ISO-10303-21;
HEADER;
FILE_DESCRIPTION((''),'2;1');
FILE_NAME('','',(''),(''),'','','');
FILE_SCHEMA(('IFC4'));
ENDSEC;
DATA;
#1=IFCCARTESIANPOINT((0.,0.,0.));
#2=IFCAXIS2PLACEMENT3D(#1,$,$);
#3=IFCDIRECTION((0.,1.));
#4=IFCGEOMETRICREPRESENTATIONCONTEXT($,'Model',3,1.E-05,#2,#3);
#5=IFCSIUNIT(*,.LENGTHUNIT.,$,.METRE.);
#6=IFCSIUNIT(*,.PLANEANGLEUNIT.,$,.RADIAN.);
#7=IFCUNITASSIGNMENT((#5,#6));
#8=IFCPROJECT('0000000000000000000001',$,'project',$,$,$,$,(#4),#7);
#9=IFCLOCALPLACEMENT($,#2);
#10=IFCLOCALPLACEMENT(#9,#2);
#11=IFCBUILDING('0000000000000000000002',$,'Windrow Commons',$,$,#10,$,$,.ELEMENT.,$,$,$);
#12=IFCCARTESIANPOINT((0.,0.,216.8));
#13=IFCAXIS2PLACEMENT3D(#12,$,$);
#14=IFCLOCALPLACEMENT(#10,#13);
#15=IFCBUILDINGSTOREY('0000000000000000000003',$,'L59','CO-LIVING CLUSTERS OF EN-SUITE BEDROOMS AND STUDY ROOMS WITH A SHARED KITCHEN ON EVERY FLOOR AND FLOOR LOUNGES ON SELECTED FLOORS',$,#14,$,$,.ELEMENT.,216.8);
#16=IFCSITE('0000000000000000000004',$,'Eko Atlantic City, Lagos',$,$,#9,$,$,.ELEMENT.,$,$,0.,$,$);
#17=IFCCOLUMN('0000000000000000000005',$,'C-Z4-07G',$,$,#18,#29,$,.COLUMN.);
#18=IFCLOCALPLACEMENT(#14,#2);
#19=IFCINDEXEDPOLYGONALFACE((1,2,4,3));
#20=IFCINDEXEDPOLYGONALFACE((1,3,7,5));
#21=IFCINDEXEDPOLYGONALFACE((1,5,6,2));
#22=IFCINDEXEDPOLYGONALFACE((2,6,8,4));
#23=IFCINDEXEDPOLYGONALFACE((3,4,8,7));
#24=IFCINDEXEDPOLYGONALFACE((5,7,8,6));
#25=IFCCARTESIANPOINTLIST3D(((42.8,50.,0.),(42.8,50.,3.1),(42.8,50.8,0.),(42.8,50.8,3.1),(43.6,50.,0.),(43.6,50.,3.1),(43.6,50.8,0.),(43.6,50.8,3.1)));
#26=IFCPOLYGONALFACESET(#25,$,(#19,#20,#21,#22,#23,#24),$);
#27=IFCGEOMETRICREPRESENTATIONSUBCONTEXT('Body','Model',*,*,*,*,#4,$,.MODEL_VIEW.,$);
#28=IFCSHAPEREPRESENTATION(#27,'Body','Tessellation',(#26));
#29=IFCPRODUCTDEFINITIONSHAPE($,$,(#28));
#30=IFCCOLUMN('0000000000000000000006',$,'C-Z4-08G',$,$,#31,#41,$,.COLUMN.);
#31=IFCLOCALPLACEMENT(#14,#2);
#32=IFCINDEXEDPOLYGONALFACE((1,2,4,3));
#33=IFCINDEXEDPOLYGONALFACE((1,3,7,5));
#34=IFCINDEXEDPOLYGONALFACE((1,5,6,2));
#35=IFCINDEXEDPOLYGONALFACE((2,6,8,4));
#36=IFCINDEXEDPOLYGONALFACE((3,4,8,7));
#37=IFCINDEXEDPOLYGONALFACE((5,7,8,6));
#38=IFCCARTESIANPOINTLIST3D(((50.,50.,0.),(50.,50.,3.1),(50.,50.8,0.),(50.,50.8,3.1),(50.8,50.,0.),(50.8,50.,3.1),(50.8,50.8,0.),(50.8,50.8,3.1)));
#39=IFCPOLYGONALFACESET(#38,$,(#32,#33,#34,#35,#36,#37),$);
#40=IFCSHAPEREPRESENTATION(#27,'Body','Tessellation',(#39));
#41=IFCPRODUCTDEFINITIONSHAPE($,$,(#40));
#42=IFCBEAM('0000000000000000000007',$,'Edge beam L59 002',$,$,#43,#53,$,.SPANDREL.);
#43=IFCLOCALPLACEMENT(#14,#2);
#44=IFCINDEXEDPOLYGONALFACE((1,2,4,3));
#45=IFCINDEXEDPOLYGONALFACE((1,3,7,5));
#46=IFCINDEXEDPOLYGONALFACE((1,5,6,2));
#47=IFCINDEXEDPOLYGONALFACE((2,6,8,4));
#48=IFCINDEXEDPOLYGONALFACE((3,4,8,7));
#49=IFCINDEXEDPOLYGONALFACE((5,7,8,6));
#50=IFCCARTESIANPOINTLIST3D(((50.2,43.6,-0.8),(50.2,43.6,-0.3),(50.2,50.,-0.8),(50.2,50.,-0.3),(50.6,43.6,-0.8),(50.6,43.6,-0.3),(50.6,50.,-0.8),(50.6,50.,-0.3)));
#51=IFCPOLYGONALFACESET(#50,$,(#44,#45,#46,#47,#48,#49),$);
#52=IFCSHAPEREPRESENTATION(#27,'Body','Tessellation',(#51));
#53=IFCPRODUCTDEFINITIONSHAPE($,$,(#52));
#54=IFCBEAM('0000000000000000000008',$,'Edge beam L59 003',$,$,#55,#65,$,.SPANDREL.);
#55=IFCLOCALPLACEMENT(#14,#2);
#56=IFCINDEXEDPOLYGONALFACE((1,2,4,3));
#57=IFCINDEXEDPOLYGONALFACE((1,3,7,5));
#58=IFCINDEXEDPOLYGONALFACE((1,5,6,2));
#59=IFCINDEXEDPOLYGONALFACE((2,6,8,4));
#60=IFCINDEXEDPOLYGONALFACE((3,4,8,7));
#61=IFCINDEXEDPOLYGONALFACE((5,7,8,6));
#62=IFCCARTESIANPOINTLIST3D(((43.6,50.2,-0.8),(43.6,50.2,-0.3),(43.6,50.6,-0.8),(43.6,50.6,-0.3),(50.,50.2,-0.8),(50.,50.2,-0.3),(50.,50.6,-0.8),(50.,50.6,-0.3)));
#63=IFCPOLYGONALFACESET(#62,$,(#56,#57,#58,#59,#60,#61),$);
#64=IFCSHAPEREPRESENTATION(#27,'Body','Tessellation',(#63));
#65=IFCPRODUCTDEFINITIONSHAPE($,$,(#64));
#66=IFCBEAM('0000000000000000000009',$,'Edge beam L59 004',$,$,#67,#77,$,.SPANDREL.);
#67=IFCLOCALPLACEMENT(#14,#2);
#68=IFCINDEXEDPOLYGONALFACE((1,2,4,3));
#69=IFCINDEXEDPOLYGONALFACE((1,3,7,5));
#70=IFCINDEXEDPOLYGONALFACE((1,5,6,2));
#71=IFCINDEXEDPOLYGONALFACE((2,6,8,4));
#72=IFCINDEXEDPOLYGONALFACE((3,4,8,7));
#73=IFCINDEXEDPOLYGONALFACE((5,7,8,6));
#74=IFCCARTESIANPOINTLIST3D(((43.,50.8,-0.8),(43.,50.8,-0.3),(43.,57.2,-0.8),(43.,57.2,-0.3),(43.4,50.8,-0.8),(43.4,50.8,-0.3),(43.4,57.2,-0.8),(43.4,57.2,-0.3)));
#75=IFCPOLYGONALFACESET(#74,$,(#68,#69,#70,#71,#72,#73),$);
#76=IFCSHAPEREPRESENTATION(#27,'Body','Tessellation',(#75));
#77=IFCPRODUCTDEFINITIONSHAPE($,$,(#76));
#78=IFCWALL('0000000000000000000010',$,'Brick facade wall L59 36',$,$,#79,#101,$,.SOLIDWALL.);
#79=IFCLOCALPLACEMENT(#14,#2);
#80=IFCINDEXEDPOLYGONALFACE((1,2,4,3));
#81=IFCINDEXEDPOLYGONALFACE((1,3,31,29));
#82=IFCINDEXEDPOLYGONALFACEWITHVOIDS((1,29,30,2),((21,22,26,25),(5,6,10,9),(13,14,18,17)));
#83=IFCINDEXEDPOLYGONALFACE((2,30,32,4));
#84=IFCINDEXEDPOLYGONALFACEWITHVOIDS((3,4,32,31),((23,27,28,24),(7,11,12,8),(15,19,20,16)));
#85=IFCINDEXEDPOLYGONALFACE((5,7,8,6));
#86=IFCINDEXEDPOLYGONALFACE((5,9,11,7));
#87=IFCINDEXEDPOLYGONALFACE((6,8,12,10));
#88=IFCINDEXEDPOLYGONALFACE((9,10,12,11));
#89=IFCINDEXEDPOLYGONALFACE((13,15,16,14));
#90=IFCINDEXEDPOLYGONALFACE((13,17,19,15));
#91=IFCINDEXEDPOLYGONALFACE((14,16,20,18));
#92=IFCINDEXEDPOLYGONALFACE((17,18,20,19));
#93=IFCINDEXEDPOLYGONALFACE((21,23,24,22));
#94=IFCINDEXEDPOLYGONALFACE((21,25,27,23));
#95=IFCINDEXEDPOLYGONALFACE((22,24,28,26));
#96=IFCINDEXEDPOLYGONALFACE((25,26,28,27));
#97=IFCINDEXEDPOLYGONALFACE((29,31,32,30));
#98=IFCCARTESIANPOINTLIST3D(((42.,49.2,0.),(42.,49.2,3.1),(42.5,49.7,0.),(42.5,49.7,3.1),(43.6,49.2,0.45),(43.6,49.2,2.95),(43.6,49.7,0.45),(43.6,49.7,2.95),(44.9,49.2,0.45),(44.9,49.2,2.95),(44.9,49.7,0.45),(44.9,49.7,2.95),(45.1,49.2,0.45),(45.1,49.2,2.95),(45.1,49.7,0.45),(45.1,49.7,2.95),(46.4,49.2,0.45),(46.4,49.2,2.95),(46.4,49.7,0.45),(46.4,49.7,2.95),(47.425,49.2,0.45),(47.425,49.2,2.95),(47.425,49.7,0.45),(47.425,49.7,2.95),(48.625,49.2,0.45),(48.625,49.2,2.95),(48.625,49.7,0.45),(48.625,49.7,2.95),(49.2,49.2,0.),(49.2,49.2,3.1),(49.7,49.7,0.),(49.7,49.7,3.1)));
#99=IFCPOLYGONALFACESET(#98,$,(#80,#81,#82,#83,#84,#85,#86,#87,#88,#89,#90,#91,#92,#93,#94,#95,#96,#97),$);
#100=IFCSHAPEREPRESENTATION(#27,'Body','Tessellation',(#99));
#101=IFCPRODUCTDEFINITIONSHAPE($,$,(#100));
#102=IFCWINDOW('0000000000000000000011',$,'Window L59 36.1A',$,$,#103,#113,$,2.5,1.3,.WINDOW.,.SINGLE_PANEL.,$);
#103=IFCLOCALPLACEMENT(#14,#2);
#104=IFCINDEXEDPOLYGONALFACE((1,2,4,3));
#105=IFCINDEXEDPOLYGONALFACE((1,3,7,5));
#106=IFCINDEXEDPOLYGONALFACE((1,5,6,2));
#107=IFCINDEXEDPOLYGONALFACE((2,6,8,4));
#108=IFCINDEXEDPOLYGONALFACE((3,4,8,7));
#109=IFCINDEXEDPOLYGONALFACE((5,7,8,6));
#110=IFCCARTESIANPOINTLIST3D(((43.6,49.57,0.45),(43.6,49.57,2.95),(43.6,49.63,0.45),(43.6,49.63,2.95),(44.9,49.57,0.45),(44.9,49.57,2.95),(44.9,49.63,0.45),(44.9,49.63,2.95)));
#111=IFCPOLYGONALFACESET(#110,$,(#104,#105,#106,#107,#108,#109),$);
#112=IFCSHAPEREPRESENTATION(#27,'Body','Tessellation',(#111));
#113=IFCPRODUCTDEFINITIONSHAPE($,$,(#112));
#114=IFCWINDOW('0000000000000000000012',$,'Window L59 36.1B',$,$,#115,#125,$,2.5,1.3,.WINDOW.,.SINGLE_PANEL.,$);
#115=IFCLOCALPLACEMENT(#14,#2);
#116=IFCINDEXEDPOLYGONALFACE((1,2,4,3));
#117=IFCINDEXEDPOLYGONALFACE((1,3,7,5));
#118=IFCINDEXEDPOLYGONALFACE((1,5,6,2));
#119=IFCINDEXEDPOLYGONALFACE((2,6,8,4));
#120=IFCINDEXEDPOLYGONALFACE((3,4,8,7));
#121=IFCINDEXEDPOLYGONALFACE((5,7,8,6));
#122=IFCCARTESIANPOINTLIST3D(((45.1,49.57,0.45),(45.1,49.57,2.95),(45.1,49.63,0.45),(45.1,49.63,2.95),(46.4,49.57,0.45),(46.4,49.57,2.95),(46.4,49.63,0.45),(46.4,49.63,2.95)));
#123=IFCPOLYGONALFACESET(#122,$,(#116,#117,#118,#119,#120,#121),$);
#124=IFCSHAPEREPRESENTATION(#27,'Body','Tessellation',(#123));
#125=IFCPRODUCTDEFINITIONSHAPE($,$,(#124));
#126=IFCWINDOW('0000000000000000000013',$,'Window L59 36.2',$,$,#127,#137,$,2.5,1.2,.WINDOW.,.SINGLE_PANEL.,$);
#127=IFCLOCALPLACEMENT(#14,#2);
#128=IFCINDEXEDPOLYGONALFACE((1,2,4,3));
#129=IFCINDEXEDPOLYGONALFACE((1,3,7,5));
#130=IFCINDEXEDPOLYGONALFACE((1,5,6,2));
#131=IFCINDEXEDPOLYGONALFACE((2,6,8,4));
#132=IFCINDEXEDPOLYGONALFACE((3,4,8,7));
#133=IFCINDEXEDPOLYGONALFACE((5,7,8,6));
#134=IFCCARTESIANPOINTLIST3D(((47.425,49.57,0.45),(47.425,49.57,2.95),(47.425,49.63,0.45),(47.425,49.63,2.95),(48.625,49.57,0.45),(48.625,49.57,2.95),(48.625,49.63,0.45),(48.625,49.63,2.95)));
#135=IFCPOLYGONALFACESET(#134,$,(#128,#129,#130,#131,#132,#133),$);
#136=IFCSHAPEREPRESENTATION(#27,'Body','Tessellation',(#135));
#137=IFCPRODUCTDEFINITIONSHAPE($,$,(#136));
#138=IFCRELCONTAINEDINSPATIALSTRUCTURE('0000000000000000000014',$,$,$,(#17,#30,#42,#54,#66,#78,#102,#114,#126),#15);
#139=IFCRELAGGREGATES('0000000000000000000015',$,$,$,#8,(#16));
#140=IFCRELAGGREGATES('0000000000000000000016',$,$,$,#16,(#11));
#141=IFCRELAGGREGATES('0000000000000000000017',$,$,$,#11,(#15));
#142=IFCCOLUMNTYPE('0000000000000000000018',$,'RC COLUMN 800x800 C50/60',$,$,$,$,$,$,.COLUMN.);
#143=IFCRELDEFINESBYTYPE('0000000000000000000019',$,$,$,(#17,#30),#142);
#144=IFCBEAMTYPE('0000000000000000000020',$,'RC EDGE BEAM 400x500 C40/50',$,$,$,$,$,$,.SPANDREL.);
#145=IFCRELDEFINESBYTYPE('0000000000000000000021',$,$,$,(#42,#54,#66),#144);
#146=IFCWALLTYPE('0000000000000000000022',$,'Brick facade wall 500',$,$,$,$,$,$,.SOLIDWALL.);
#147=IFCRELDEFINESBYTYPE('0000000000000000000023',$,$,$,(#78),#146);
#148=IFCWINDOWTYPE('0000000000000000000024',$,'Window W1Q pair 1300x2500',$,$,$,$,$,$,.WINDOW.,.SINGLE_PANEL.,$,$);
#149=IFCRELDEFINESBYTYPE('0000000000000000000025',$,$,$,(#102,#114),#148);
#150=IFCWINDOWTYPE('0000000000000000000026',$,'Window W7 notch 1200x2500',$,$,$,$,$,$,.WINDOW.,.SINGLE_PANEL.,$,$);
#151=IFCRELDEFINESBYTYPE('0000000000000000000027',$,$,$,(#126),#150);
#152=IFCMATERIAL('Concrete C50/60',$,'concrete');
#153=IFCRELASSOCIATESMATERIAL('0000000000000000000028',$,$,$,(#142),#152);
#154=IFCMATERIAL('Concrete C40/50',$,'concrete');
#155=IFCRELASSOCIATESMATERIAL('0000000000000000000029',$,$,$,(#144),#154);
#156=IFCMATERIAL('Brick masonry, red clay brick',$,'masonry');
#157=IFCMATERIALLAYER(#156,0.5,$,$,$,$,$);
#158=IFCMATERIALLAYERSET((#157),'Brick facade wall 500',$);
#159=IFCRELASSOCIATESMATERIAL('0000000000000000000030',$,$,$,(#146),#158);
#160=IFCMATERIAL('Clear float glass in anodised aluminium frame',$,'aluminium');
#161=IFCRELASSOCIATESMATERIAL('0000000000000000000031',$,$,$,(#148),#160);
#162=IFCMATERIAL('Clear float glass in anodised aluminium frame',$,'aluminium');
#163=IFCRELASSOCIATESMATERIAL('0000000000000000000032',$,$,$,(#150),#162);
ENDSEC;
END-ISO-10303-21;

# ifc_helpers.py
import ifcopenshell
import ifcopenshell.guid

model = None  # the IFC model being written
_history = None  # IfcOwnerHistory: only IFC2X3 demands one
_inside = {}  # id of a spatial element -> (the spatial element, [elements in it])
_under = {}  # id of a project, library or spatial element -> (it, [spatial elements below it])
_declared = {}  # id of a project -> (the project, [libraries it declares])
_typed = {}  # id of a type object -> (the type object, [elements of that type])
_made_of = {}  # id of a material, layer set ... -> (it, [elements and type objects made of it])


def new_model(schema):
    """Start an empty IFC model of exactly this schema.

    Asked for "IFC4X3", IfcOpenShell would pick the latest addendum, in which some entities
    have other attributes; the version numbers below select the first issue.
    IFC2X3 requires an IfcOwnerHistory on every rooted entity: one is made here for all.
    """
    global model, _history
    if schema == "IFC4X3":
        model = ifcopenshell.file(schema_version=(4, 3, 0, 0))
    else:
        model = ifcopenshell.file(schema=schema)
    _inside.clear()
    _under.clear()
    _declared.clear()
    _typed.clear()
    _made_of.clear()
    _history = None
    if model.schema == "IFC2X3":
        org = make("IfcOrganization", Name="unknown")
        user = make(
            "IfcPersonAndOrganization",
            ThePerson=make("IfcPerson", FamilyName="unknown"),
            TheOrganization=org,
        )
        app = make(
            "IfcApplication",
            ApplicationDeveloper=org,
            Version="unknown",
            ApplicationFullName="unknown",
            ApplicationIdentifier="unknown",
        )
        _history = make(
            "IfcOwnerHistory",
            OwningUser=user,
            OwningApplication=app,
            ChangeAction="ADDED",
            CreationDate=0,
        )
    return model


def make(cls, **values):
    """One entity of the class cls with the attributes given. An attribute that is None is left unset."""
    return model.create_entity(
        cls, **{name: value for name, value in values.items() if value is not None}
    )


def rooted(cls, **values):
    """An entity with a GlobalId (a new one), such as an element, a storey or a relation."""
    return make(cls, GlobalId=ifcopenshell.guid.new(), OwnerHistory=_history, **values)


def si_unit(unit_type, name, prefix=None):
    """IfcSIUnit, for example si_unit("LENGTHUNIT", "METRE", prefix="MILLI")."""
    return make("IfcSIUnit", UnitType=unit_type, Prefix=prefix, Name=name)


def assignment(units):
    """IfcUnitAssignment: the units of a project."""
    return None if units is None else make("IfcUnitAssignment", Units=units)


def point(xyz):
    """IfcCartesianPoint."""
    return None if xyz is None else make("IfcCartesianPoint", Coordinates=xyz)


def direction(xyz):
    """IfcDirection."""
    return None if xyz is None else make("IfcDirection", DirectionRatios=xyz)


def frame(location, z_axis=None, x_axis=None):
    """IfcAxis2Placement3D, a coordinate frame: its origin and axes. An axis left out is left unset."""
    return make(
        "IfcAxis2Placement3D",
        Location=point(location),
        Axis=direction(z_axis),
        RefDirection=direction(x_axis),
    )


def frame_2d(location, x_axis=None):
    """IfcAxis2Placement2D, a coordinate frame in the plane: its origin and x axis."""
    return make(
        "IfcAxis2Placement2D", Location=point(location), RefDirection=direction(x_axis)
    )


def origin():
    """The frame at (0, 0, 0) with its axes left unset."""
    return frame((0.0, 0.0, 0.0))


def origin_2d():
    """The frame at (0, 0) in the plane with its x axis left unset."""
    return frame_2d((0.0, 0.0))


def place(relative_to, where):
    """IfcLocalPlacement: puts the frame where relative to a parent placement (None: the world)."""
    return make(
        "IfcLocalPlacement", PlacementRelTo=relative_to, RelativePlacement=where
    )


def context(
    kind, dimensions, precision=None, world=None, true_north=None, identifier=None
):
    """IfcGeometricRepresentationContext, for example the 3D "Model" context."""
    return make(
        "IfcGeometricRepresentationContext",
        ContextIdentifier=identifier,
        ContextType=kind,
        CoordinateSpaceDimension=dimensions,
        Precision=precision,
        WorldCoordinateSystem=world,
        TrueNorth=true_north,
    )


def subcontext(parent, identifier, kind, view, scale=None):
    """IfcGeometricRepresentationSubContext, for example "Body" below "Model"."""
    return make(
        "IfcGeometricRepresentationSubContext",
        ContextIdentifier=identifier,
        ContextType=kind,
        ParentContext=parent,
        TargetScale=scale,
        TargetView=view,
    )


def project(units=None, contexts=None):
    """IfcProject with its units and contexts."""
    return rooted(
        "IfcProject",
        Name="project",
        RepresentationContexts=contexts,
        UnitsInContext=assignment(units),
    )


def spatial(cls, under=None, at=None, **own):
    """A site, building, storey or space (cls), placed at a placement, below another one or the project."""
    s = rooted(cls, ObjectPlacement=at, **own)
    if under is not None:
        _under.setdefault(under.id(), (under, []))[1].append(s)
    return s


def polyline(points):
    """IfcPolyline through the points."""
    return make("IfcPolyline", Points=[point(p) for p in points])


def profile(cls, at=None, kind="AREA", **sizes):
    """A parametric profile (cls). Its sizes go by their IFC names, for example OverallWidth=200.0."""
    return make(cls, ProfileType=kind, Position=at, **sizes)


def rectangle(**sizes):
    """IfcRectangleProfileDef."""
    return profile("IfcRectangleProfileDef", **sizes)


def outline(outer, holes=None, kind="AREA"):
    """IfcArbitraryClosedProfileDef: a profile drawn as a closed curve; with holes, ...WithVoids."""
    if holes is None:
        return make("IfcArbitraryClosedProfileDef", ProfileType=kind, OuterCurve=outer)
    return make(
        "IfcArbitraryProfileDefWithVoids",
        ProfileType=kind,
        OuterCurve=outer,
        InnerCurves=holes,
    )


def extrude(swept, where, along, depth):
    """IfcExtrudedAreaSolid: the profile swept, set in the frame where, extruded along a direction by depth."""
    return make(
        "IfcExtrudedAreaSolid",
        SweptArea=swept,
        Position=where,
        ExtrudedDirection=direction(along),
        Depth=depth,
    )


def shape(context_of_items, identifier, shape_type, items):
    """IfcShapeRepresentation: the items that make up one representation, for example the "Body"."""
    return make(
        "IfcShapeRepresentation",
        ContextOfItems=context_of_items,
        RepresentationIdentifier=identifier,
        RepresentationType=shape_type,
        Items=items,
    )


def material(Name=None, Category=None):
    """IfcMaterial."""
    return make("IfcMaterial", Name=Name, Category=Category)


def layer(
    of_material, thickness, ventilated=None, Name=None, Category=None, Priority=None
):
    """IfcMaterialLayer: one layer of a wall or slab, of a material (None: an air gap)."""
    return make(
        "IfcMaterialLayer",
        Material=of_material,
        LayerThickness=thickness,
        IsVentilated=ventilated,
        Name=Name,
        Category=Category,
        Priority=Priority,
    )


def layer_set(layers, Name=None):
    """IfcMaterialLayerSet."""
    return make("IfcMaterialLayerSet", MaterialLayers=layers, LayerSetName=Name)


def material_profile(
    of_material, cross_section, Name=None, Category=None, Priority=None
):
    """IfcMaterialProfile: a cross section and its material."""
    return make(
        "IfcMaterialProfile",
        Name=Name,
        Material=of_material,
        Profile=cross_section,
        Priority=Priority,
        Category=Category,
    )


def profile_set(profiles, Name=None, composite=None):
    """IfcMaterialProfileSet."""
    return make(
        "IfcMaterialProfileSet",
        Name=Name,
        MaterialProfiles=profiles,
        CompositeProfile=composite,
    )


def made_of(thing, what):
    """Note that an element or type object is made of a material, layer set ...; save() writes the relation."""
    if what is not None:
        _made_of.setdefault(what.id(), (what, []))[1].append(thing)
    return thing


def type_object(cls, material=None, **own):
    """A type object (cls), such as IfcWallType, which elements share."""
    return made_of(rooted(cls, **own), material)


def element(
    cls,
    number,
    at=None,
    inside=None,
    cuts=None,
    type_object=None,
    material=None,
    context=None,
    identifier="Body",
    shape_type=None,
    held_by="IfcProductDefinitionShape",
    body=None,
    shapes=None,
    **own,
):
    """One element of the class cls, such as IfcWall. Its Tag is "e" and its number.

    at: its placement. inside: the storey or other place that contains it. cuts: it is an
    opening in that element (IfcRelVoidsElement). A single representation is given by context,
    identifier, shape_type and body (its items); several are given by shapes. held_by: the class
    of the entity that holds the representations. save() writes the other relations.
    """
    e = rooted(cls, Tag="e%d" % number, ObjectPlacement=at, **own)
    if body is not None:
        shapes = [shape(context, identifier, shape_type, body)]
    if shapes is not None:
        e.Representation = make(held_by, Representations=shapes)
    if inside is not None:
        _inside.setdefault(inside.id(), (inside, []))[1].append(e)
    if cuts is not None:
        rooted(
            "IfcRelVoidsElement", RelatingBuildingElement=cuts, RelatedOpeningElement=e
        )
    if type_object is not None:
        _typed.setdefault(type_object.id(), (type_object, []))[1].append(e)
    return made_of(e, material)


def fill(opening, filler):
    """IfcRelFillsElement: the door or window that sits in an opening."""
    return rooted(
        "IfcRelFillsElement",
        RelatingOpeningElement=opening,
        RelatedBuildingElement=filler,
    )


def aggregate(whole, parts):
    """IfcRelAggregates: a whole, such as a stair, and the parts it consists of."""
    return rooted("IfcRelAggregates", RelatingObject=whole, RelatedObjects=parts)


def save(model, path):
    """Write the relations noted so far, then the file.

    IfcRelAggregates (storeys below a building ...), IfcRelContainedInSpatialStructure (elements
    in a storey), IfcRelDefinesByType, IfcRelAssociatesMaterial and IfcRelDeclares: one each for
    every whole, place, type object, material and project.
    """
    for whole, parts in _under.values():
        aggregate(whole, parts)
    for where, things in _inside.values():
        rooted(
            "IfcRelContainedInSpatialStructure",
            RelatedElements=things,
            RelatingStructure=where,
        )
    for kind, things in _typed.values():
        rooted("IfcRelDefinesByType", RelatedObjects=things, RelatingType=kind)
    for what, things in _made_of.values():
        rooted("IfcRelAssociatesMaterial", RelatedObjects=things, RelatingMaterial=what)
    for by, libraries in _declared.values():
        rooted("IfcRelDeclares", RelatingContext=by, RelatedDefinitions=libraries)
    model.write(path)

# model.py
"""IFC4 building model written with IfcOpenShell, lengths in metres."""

from ifc_helpers import new_model, si_unit, direction, frame, frame_2d, origin, origin_2d, place, context, subcontext, project, spatial, polyline, rectangle, outline, extrude, material, layer, layer_set, material_profile, profile_set, type_object, element, fill, save


model = new_model("IFC4")

# Units and contexts
model_context = context("Model", 3, precision=1e-05, world=origin(), true_north=direction((0.0, 1.0)))
body_context = subcontext(model_context, "Body", "Model", "MODEL_VIEW")
ifc_project = project(units=[si_unit("LENGTHUNIT", "METRE"), si_unit("PLANEANGLEUNIT", "RADIAN")], contexts=[model_context])

# Site, building, storey
site_placement = place(None, origin())
site = spatial("IfcSite", under=ifc_project, at=site_placement, Name="Eko Atlantic City, Lagos", CompositionType="ELEMENT", RefElevation=0.0)
building_placement = place(site_placement, origin())
building = spatial("IfcBuilding", under=site, at=building_placement, Name="Windrow Commons", CompositionType="ELEMENT")
storey_placement = place(building_placement, frame((0.0, 0.0, 216.8)))
storey = spatial("IfcBuildingStorey", under=building, at=storey_placement, Name="L59", Description="CO-LIVING CLUSTERS OF EN-SUITE BEDROOMS AND STUDY ROOMS WITH A SHARED KITCHEN ON EVERY FLOOR AND FLOOR LOUNGES ON SELECTED FLOORS", CompositionType="ELEMENT", Elevation=216.8)

# Columns
ifc_material_1 = material(Name="Concrete C50/60", Category="concrete")
ifc_material_profile_1 = material_profile(ifc_material_1, rectangle(XDim=0.8, YDim=0.8, at=origin_2d()))
ifc_profile_set_1 = profile_set([ifc_material_profile_1], Name="Concrete C50/60")
column_type = type_object("IfcColumnType", Name="RC COLUMN 800x800 C50/60", PredefinedType="COLUMN", material=ifc_profile_set_1)
for number, where, z_axis, x_axis, name in (
    (1, (43.2, 50.4, 0.0), (0.0, 0.0, 1.0), (1.0, 0.0, 0.0), "C-Z4-07G"),
    (2, (50.4, 50.4, 0.0), (0.0, 0.0, 1.0), (1.0, 0.0, 0.0), "C-Z4-08G"),
):
    element("IfcColumn", number, at=place(storey_placement, frame(where, z_axis=z_axis, x_axis=x_axis)), inside=storey, type_object=column_type, Name=name, PredefinedType="COLUMN", context=body_context, shape_type="SweptSolid", body=[
        extrude(rectangle(XDim=0.8, YDim=0.8, at=origin_2d()), origin(), (0.0, 0.0, 1.0), 3.1),
    ])

# Beams
ifc_material_2 = material(Name="Concrete C40/50", Category="concrete")
ifc_material_profile_2 = material_profile(ifc_material_2, rectangle(XDim=0.4, YDim=0.5, at=origin_2d()))
ifc_profile_set_2 = profile_set([ifc_material_profile_2], Name="Concrete C40/50")
beam_type = type_object("IfcBeamType", Name="RC EDGE BEAM 400x500 C40/50", PredefinedType="SPANDREL", material=ifc_profile_set_2)
for number, where, z_axis, x_axis, name in (
    (3, (50.4, 43.6, -0.55), (0.0, 1.0, 0.0), (-1.0, 0.0, 0.0), "Edge beam L59 002"),
    (4, (50.0, 50.4, -0.55), (-1.0, 0.0, 0.0), (0.0, -1.0, 0.0), "Edge beam L59 003"),
    (5, (43.2, 50.8, -0.55), (0.0, 1.0, 0.0), (-1.0, 0.0, 0.0), "Edge beam L59 004"),
):
    element("IfcBeam", number, at=place(storey_placement, frame(where, z_axis=z_axis, x_axis=x_axis)), inside=storey, type_object=beam_type, Name=name, PredefinedType="SPANDREL", context=body_context, shape_type="SweptSolid", body=[
        extrude(rectangle(XDim=0.4, YDim=0.5, at=origin_2d()), origin(), (0.0, 0.0, 1.0), 6.4),
    ])

# Wall, openings, windows
ifc_material_3 = material(Name="Brick masonry, red clay brick", Category="masonry")
ifc_layer_1 = layer(ifc_material_3, 0.5)
ifc_layer_set_1 = layer_set([ifc_layer_1], Name="Brick facade wall 500")
wall_type_1 = type_object("IfcWallType", Name="Brick facade wall 500", PredefinedType="SOLIDWALL", material=ifc_layer_set_1)
wall_1_placement = place(storey_placement, frame((42.25, 49.45, 0.0), z_axis=(0.0, 0.0, 1.0), x_axis=(1.0, 0.0, 0.0)))
wall_1 = element("IfcWall", 6, at=wall_1_placement, inside=storey, type_object=wall_type_1, Name="Brick facade wall L59 36", PredefinedType="SOLIDWALL", context=body_context, shape_type="SweptSolid", body=[
    extrude(outline(polyline([(-0.25, -0.25), (6.95, -0.25), (7.45, 0.25), (0.25, 0.25), (-0.25, -0.25)])), origin(), (0.0, 0.0, 1.0), 3.1),
])
opening_1_placement = place(wall_1_placement, frame((1.35, 0.0, 0.45)))
opening_1 = element("IfcOpeningElement", 7, at=opening_1_placement, cuts=wall_1, PredefinedType="OPENING", context=body_context, shape_type="SweptSolid", body=[
    extrude(rectangle(XDim=1.3, YDim=2.5, at=frame_2d((0.65, 1.25))), frame((0.0, 0.26, 0.0), z_axis=(0.0, -1.0, 0.0), x_axis=(1.0, 0.0, 0.0)), (0.0, 0.0, 1.0), 0.52),
])
opening_2_placement = place(wall_1_placement, frame((2.85, 0.0, 0.45)))
opening_2 = element("IfcOpeningElement", 8, at=opening_2_placement, cuts=wall_1, PredefinedType="OPENING", context=body_context, shape_type="SweptSolid", body=[
    extrude(rectangle(XDim=1.3, YDim=2.5, at=frame_2d((0.65, 1.25))), frame((0.0, 0.26, 0.0), z_axis=(0.0, -1.0, 0.0), x_axis=(1.0, 0.0, 0.0)), (0.0, 0.0, 1.0), 0.52),
])
opening_3_placement = place(wall_1_placement, frame((5.175, 0.0, 0.45)))
opening_3 = element("IfcOpeningElement", 9, at=opening_3_placement, cuts=wall_1, PredefinedType="OPENING", context=body_context, shape_type="SweptSolid", body=[
    extrude(rectangle(XDim=1.2, YDim=2.5, at=frame_2d((0.6, 1.25))), frame((0.0, 0.26, 0.0), z_axis=(0.0, -1.0, 0.0), x_axis=(1.0, 0.0, 0.0)), (0.0, 0.0, 1.0), 0.52),
])
ifc_material_4 = material(Name="Clear float glass in anodised aluminium frame", Category="aluminium")
window_type_1 = type_object("IfcWindowType", Name="Window W1Q pair 1300x2500", PartitioningType="SINGLE_PANEL", PredefinedType="WINDOW", material=ifc_material_4)
window_1_placement = place(opening_1_placement, origin())
window_1 = element("IfcWindow", 10, at=window_1_placement, inside=storey, type_object=window_type_1, Name="Window L59 36.1A", OverallHeight=2.5, OverallWidth=1.3, PartitioningType="SINGLE_PANEL", PredefinedType="WINDOW", context=body_context, shape_type="SweptSolid", body=[
    extrude(rectangle(XDim=1.3, YDim=2.5, at=frame_2d((0.65, 1.25))), frame((0.0, 0.18, 0.0), z_axis=(0.0, -1.0, 0.0), x_axis=(1.0, 0.0, 0.0)), (0.0, 0.0, 1.0), 0.06),
])
fill(opening_1, window_1)
window_2_placement = place(opening_2_placement, origin())
window_2 = element("IfcWindow", 11, at=window_2_placement, inside=storey, type_object=window_type_1, Name="Window L59 36.1B", OverallHeight=2.5, OverallWidth=1.3, PartitioningType="SINGLE_PANEL", PredefinedType="WINDOW", context=body_context, shape_type="SweptSolid", body=[
    extrude(rectangle(XDim=1.3, YDim=2.5, at=frame_2d((0.65, 1.25))), frame((0.0, 0.18, 0.0), z_axis=(0.0, -1.0, 0.0), x_axis=(1.0, 0.0, 0.0)), (0.0, 0.0, 1.0), 0.06),
])
fill(opening_2, window_2)
ifc_material_5 = material(Name="Clear float glass in anodised aluminium frame", Category="aluminium")
window_type_2 = type_object("IfcWindowType", Name="Window W7 notch 1200x2500", PartitioningType="SINGLE_PANEL", PredefinedType="WINDOW", material=ifc_material_5)
window_3_placement = place(opening_3_placement, origin())
window_3 = element("IfcWindow", 12, at=window_3_placement, inside=storey, type_object=window_type_2, Name="Window L59 36.2", OverallHeight=2.5, OverallWidth=1.2, PartitioningType="SINGLE_PANEL", PredefinedType="WINDOW", context=body_context, shape_type="SweptSolid", body=[
    extrude(rectangle(XDim=1.2, YDim=2.5, at=frame_2d((0.6, 1.25))), frame((0.0, 0.18, 0.0), z_axis=(0.0, -1.0, 0.0), x_axis=(1.0, 0.0, 0.0)), (0.0, 0.0, 1.0), 0.06),
])
fill(opening_3, window_3)

save(model, "model.ifc")
